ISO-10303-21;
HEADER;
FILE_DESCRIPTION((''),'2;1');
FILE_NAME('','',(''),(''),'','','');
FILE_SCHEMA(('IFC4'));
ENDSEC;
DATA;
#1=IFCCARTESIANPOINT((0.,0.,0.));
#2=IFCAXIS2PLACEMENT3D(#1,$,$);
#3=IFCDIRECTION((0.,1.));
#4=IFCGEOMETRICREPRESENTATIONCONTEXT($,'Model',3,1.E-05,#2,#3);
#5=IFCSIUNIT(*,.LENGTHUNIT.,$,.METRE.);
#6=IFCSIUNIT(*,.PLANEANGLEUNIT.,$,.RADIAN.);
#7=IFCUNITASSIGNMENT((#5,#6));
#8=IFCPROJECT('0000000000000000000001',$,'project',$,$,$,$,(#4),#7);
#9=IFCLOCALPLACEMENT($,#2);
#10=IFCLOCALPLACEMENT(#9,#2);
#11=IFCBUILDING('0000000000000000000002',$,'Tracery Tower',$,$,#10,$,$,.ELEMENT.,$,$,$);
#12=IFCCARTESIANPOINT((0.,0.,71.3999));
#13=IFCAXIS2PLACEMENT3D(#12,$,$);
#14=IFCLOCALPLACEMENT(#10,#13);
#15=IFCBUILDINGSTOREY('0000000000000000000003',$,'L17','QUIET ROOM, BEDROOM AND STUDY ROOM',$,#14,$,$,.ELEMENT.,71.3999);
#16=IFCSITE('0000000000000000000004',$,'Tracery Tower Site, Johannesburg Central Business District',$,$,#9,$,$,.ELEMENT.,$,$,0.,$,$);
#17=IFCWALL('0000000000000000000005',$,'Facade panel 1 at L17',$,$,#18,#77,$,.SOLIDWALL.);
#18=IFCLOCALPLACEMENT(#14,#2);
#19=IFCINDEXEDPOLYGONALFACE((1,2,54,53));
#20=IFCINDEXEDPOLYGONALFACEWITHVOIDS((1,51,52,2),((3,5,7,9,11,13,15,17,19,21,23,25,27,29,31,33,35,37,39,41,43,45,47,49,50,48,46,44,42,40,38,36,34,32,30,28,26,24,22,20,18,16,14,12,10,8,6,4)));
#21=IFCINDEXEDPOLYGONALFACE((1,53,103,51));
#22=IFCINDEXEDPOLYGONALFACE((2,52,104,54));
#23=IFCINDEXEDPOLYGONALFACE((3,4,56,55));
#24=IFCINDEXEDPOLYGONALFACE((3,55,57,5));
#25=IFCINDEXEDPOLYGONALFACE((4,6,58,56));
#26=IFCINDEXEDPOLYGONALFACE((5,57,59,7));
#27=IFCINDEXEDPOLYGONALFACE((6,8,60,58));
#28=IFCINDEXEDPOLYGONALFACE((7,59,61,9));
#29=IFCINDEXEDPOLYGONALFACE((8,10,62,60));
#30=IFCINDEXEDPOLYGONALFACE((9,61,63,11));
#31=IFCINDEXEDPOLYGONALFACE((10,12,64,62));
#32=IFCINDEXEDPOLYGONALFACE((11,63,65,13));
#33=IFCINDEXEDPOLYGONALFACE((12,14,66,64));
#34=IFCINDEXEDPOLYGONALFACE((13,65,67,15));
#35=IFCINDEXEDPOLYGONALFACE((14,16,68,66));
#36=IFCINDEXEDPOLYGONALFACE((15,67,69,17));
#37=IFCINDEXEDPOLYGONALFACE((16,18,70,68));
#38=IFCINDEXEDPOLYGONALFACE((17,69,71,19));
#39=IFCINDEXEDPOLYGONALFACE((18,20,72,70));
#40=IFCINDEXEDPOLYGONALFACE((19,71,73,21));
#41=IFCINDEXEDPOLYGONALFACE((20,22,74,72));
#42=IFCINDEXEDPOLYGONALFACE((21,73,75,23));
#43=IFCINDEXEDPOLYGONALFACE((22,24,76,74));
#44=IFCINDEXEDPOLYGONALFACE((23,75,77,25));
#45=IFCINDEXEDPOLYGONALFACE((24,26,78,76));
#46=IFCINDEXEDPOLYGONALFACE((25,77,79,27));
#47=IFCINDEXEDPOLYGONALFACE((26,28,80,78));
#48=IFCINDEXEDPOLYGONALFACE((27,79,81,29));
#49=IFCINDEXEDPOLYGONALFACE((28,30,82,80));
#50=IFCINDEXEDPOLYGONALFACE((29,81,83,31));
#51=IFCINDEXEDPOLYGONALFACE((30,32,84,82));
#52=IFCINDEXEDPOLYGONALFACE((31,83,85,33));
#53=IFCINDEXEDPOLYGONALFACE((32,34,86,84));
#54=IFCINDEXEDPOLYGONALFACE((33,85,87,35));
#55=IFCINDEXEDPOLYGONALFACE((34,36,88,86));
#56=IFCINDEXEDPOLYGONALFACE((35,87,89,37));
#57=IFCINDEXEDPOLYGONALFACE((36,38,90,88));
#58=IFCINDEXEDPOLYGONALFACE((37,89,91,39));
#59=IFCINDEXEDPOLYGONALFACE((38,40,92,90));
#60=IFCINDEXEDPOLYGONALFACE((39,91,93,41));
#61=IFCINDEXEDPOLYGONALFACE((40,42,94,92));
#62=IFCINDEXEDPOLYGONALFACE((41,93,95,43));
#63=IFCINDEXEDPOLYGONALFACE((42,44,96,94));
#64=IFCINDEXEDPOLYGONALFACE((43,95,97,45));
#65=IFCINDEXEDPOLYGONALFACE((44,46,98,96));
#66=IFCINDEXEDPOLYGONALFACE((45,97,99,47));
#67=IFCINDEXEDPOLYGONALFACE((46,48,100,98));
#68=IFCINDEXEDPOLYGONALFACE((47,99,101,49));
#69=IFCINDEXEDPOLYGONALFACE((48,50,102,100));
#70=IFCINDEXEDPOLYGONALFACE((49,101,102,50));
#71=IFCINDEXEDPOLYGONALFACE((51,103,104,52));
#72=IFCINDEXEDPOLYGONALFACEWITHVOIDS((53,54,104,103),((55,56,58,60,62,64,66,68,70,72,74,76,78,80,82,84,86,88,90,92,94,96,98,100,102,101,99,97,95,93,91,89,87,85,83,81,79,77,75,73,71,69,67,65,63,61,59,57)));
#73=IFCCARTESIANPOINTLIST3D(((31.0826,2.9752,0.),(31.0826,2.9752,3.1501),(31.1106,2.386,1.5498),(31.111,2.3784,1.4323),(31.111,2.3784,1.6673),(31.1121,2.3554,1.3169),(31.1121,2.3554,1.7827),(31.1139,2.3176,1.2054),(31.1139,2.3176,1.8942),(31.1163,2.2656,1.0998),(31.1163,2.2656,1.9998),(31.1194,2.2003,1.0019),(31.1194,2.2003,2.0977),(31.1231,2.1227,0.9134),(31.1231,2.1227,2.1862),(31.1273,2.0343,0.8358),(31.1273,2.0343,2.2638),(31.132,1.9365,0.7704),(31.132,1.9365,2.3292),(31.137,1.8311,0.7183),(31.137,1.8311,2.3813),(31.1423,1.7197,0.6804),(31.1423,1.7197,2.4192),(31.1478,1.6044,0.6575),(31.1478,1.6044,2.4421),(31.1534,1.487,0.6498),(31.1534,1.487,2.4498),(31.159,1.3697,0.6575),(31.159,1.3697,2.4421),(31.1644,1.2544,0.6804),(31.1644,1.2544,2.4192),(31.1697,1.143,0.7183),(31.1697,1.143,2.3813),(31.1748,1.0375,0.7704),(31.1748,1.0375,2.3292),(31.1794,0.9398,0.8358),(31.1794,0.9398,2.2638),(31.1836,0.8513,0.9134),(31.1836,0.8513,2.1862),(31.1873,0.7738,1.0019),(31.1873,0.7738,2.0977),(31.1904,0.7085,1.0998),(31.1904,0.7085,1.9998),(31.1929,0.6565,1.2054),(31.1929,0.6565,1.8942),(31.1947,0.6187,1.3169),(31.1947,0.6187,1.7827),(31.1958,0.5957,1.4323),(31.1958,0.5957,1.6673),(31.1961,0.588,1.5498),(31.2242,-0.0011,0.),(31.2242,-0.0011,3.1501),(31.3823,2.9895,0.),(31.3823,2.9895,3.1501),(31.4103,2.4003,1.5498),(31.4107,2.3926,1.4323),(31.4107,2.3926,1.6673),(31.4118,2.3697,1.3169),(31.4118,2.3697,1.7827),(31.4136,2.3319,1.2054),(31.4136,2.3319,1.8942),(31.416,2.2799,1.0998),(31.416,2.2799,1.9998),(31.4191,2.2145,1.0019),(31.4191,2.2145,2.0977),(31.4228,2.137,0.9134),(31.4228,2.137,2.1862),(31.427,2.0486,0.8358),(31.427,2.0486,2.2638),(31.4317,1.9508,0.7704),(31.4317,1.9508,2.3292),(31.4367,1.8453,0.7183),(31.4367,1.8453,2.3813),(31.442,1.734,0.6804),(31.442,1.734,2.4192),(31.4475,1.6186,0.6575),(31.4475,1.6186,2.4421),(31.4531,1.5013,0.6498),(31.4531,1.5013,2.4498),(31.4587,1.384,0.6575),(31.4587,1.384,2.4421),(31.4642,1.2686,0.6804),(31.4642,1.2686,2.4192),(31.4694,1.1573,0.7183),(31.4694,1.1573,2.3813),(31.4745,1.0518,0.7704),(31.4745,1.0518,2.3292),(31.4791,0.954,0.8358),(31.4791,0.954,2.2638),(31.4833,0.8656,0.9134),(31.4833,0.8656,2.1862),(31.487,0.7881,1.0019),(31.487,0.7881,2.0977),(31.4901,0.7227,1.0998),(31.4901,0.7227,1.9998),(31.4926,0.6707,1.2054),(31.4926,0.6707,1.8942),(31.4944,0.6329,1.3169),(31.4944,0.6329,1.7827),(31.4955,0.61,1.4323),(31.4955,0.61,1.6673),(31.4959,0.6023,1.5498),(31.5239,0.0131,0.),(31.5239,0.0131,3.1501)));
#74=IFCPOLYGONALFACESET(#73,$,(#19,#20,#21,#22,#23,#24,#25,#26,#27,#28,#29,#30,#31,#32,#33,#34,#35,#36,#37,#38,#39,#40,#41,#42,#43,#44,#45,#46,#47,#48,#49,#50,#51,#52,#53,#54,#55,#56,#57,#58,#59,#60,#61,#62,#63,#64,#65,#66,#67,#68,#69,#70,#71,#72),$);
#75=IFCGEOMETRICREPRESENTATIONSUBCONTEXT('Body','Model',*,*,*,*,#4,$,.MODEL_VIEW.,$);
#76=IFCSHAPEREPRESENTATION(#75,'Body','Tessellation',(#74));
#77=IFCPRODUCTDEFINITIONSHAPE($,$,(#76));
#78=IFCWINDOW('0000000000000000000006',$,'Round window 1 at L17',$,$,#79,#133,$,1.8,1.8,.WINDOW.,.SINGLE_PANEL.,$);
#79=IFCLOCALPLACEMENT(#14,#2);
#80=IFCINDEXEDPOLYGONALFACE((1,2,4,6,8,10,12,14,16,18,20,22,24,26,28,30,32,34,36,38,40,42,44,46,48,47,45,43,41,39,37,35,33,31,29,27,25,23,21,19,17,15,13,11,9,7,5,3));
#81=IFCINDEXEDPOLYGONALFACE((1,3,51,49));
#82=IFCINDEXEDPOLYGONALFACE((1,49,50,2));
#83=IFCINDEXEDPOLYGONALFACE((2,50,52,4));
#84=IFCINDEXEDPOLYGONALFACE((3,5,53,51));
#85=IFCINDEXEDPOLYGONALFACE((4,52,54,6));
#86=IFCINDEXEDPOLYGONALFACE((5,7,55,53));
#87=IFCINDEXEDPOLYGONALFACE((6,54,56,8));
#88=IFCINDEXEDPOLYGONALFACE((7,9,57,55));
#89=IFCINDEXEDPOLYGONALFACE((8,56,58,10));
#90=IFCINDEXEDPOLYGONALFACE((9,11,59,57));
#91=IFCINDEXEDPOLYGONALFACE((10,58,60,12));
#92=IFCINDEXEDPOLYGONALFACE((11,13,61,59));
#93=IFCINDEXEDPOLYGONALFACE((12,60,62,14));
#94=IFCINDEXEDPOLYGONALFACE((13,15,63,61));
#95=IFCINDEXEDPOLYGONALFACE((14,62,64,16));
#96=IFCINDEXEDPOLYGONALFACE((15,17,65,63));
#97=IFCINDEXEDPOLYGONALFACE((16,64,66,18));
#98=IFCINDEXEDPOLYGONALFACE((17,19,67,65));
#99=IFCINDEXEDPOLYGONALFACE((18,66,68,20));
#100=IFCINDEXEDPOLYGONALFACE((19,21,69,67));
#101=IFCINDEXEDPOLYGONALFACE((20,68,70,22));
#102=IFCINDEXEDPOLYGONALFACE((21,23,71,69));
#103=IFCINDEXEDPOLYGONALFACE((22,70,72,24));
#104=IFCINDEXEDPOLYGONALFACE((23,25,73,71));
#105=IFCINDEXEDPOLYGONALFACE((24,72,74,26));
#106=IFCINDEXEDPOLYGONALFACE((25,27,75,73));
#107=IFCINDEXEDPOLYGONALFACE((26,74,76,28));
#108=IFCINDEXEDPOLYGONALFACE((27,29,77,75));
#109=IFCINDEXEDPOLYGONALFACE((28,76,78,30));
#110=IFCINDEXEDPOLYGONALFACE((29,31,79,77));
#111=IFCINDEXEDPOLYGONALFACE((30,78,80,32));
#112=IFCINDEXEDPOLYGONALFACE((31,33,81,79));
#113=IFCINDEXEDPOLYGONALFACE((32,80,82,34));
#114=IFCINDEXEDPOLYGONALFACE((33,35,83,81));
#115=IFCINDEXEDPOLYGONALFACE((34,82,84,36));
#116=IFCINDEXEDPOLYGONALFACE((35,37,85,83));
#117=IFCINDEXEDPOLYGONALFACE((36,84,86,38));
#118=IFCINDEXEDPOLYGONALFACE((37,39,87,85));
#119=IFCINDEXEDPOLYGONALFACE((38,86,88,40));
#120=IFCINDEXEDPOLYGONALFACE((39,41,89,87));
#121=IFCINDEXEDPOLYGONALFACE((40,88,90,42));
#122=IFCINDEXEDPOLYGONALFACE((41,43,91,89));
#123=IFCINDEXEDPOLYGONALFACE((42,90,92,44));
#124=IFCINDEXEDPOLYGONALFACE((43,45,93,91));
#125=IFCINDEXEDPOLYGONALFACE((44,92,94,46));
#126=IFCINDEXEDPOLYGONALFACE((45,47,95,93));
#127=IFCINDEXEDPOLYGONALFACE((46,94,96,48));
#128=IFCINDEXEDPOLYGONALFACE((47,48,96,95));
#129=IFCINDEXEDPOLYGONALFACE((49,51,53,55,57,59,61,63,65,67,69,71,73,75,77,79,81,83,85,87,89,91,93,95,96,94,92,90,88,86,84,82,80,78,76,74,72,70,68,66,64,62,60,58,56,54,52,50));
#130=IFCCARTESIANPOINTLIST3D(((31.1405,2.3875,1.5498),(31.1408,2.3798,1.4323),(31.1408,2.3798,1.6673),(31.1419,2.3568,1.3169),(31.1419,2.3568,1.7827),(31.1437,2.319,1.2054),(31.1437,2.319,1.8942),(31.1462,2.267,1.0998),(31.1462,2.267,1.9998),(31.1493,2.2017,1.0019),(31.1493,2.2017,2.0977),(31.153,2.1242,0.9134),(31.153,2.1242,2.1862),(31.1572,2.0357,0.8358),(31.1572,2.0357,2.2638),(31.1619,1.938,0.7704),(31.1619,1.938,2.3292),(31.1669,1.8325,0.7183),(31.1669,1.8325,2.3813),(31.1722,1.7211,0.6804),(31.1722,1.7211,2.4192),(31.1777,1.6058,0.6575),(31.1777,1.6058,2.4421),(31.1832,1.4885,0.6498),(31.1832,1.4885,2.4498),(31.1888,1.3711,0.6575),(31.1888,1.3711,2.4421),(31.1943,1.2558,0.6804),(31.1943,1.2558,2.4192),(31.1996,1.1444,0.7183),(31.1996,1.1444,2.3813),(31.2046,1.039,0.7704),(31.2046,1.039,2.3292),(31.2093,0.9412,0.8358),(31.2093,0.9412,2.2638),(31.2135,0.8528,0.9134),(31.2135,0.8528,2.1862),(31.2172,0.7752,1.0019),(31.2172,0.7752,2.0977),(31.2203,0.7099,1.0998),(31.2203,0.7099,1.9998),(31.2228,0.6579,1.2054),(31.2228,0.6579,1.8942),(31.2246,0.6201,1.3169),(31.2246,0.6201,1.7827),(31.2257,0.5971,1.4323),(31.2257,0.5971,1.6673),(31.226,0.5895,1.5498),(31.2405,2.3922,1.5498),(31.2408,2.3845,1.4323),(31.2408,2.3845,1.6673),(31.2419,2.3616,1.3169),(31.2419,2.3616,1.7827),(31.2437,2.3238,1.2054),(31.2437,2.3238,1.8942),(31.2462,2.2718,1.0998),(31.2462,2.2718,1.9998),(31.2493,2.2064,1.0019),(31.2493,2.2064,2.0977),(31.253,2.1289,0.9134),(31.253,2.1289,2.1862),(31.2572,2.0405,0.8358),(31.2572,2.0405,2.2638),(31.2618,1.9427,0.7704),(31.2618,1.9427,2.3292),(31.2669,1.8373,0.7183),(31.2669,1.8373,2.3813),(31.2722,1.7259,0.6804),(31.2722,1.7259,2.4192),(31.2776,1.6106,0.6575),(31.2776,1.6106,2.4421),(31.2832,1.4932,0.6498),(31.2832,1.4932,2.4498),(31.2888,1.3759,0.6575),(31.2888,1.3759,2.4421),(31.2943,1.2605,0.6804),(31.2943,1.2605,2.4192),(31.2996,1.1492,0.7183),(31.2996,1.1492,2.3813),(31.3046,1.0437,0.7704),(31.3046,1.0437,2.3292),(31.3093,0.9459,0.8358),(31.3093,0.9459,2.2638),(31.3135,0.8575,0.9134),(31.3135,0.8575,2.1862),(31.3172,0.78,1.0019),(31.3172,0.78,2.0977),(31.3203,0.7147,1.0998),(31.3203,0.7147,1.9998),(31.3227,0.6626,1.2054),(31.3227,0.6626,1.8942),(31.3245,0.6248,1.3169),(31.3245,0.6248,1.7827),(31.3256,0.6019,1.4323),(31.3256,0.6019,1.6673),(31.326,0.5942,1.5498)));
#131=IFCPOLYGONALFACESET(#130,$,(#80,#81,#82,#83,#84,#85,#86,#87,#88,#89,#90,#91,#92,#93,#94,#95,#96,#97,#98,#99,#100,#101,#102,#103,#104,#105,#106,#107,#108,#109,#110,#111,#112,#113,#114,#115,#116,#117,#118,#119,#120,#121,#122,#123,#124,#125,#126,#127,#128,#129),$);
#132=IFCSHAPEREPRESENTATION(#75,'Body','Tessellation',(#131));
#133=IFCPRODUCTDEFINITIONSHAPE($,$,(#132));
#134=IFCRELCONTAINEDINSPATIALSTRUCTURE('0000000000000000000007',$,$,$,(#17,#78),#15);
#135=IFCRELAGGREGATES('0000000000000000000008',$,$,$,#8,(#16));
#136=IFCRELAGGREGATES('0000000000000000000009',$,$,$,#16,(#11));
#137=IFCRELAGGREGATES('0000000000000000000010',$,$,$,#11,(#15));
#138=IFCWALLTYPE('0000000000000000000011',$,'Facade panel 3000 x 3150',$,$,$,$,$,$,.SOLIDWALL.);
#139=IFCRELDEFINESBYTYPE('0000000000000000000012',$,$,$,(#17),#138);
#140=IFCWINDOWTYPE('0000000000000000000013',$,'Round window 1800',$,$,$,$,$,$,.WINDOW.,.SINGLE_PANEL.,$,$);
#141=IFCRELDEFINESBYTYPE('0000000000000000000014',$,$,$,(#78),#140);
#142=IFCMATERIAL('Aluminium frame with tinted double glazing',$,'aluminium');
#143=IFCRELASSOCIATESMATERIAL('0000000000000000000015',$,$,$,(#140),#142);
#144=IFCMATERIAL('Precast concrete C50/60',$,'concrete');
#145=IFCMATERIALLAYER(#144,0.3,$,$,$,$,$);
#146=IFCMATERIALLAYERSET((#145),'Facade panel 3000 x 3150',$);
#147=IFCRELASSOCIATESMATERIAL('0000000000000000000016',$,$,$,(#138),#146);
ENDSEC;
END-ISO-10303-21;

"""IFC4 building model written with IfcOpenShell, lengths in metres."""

from ifc_helpers import new_model, si_unit, direction, frame, frame_2d, origin, origin_2d, place, context, subcontext, project, spatial, rectangle, circle, extrude, material, layer, layer_set, type_object, element, fill, save


model = new_model("IFC4")

# Units and contexts
model_context = context("Model", 3, precision=1e-05, world=origin(), true_north=direction((0.0, 1.0)))
body_context = subcontext(model_context, "Body", "Model", "MODEL_VIEW")
ifc_project = project(units=[si_unit("LENGTHUNIT", "METRE"), si_unit("PLANEANGLEUNIT", "RADIAN")], contexts=[model_context])

# Site, building, storey
site_placement = place(None, origin())
site = spatial("IfcSite", under=ifc_project, at=site_placement, Name="Tracery Tower Site, Johannesburg Central Business District", CompositionType="ELEMENT", RefElevation=0.0)
building_placement = place(site_placement, origin())
building = spatial("IfcBuilding", under=site, at=building_placement, Name="Tracery Tower", CompositionType="ELEMENT")
storey_placement = place(building_placement, frame((0.0, 0.0, 71.3999)))
storey = spatial("IfcBuildingStorey", under=building, at=storey_placement, Name="L17", Description="QUIET ROOM, BEDROOM AND STUDY ROOM", CompositionType="ELEMENT", Elevation=71.3999)

# Wall, opening, window
ifc_material_1 = material(Name="Aluminium frame with tinted double glazing", Category="aluminium")
window_type = type_object("IfcWindowType", Name="Round window 1800", PartitioningType="SINGLE_PANEL", PredefinedType="WINDOW", material=ifc_material_1)
ifc_material_2 = material(Name="Precast concrete C50/60", Category="concrete")
ifc_layer_1 = layer(ifc_material_2, 0.3)
ifc_layer_set_1 = layer_set([ifc_layer_1], Name="Facade panel 3000 x 3150")
wall_type_1 = type_object("IfcWallType", Name="Facade panel 3000 x 3150", PredefinedType="SOLIDWALL", material=ifc_layer_set_1)
wall_1_placement = place(storey_placement, frame((31.374, 0.0061, 0.0), z_axis=(0.0, 0.0, 1.0), x_axis=(-0.047522, 0.99887, 0.0)))
wall_1 = element("IfcWall", 1, at=wall_1_placement, inside=storey, type_object=wall_type_1, Name="Facade panel 1 at L17", PredefinedType="SOLIDWALL", context=body_context, shape_type="SweptSolid", body=[
    extrude(rectangle(XDim=2.9797, YDim=0.3, at=frame_2d((1.4897, 0.0))), origin(), (0.0, 0.0, 1.0), 3.1501),
])
opening_1_placement = place(wall_1_placement, frame((1.4897, 0.0, 1.5498)))
opening_1 = element("IfcOpeningElement", 2, at=opening_1_placement, cuts=wall_1, PredefinedType="OPENING", context=body_context, shape_type="SweptSolid", body=[
    extrude(circle(Radius=0.9, at=origin_2d()), frame((0.0, 0.1599, 0.0), z_axis=(0.0, -1.0, 0.0), x_axis=(1.0, 0.0, 0.0)), (0.0, 0.0, 1.0), 0.3201),
])
window_1_placement = place(opening_1_placement, origin())
window_1 = element("IfcWindow", 3, at=window_1_placement, inside=storey, type_object=window_type, Name="Round window 1 at L17", OverallHeight=1.8, OverallWidth=1.8, PartitioningType="SINGLE_PANEL", PredefinedType="WINDOW", context=body_context, shape_type="SweptSolid", body=[
    extrude(circle(Radius=0.9, at=origin_2d()), frame((0.0, 0.1201, 0.0), z_axis=(0.0, -1.0, 0.0), x_axis=(1.0, 0.0, 0.0)), (0.0, 0.0, 1.0), 0.1001),
])
fill(opening_1, window_1)

save(model, "model.ifc")
